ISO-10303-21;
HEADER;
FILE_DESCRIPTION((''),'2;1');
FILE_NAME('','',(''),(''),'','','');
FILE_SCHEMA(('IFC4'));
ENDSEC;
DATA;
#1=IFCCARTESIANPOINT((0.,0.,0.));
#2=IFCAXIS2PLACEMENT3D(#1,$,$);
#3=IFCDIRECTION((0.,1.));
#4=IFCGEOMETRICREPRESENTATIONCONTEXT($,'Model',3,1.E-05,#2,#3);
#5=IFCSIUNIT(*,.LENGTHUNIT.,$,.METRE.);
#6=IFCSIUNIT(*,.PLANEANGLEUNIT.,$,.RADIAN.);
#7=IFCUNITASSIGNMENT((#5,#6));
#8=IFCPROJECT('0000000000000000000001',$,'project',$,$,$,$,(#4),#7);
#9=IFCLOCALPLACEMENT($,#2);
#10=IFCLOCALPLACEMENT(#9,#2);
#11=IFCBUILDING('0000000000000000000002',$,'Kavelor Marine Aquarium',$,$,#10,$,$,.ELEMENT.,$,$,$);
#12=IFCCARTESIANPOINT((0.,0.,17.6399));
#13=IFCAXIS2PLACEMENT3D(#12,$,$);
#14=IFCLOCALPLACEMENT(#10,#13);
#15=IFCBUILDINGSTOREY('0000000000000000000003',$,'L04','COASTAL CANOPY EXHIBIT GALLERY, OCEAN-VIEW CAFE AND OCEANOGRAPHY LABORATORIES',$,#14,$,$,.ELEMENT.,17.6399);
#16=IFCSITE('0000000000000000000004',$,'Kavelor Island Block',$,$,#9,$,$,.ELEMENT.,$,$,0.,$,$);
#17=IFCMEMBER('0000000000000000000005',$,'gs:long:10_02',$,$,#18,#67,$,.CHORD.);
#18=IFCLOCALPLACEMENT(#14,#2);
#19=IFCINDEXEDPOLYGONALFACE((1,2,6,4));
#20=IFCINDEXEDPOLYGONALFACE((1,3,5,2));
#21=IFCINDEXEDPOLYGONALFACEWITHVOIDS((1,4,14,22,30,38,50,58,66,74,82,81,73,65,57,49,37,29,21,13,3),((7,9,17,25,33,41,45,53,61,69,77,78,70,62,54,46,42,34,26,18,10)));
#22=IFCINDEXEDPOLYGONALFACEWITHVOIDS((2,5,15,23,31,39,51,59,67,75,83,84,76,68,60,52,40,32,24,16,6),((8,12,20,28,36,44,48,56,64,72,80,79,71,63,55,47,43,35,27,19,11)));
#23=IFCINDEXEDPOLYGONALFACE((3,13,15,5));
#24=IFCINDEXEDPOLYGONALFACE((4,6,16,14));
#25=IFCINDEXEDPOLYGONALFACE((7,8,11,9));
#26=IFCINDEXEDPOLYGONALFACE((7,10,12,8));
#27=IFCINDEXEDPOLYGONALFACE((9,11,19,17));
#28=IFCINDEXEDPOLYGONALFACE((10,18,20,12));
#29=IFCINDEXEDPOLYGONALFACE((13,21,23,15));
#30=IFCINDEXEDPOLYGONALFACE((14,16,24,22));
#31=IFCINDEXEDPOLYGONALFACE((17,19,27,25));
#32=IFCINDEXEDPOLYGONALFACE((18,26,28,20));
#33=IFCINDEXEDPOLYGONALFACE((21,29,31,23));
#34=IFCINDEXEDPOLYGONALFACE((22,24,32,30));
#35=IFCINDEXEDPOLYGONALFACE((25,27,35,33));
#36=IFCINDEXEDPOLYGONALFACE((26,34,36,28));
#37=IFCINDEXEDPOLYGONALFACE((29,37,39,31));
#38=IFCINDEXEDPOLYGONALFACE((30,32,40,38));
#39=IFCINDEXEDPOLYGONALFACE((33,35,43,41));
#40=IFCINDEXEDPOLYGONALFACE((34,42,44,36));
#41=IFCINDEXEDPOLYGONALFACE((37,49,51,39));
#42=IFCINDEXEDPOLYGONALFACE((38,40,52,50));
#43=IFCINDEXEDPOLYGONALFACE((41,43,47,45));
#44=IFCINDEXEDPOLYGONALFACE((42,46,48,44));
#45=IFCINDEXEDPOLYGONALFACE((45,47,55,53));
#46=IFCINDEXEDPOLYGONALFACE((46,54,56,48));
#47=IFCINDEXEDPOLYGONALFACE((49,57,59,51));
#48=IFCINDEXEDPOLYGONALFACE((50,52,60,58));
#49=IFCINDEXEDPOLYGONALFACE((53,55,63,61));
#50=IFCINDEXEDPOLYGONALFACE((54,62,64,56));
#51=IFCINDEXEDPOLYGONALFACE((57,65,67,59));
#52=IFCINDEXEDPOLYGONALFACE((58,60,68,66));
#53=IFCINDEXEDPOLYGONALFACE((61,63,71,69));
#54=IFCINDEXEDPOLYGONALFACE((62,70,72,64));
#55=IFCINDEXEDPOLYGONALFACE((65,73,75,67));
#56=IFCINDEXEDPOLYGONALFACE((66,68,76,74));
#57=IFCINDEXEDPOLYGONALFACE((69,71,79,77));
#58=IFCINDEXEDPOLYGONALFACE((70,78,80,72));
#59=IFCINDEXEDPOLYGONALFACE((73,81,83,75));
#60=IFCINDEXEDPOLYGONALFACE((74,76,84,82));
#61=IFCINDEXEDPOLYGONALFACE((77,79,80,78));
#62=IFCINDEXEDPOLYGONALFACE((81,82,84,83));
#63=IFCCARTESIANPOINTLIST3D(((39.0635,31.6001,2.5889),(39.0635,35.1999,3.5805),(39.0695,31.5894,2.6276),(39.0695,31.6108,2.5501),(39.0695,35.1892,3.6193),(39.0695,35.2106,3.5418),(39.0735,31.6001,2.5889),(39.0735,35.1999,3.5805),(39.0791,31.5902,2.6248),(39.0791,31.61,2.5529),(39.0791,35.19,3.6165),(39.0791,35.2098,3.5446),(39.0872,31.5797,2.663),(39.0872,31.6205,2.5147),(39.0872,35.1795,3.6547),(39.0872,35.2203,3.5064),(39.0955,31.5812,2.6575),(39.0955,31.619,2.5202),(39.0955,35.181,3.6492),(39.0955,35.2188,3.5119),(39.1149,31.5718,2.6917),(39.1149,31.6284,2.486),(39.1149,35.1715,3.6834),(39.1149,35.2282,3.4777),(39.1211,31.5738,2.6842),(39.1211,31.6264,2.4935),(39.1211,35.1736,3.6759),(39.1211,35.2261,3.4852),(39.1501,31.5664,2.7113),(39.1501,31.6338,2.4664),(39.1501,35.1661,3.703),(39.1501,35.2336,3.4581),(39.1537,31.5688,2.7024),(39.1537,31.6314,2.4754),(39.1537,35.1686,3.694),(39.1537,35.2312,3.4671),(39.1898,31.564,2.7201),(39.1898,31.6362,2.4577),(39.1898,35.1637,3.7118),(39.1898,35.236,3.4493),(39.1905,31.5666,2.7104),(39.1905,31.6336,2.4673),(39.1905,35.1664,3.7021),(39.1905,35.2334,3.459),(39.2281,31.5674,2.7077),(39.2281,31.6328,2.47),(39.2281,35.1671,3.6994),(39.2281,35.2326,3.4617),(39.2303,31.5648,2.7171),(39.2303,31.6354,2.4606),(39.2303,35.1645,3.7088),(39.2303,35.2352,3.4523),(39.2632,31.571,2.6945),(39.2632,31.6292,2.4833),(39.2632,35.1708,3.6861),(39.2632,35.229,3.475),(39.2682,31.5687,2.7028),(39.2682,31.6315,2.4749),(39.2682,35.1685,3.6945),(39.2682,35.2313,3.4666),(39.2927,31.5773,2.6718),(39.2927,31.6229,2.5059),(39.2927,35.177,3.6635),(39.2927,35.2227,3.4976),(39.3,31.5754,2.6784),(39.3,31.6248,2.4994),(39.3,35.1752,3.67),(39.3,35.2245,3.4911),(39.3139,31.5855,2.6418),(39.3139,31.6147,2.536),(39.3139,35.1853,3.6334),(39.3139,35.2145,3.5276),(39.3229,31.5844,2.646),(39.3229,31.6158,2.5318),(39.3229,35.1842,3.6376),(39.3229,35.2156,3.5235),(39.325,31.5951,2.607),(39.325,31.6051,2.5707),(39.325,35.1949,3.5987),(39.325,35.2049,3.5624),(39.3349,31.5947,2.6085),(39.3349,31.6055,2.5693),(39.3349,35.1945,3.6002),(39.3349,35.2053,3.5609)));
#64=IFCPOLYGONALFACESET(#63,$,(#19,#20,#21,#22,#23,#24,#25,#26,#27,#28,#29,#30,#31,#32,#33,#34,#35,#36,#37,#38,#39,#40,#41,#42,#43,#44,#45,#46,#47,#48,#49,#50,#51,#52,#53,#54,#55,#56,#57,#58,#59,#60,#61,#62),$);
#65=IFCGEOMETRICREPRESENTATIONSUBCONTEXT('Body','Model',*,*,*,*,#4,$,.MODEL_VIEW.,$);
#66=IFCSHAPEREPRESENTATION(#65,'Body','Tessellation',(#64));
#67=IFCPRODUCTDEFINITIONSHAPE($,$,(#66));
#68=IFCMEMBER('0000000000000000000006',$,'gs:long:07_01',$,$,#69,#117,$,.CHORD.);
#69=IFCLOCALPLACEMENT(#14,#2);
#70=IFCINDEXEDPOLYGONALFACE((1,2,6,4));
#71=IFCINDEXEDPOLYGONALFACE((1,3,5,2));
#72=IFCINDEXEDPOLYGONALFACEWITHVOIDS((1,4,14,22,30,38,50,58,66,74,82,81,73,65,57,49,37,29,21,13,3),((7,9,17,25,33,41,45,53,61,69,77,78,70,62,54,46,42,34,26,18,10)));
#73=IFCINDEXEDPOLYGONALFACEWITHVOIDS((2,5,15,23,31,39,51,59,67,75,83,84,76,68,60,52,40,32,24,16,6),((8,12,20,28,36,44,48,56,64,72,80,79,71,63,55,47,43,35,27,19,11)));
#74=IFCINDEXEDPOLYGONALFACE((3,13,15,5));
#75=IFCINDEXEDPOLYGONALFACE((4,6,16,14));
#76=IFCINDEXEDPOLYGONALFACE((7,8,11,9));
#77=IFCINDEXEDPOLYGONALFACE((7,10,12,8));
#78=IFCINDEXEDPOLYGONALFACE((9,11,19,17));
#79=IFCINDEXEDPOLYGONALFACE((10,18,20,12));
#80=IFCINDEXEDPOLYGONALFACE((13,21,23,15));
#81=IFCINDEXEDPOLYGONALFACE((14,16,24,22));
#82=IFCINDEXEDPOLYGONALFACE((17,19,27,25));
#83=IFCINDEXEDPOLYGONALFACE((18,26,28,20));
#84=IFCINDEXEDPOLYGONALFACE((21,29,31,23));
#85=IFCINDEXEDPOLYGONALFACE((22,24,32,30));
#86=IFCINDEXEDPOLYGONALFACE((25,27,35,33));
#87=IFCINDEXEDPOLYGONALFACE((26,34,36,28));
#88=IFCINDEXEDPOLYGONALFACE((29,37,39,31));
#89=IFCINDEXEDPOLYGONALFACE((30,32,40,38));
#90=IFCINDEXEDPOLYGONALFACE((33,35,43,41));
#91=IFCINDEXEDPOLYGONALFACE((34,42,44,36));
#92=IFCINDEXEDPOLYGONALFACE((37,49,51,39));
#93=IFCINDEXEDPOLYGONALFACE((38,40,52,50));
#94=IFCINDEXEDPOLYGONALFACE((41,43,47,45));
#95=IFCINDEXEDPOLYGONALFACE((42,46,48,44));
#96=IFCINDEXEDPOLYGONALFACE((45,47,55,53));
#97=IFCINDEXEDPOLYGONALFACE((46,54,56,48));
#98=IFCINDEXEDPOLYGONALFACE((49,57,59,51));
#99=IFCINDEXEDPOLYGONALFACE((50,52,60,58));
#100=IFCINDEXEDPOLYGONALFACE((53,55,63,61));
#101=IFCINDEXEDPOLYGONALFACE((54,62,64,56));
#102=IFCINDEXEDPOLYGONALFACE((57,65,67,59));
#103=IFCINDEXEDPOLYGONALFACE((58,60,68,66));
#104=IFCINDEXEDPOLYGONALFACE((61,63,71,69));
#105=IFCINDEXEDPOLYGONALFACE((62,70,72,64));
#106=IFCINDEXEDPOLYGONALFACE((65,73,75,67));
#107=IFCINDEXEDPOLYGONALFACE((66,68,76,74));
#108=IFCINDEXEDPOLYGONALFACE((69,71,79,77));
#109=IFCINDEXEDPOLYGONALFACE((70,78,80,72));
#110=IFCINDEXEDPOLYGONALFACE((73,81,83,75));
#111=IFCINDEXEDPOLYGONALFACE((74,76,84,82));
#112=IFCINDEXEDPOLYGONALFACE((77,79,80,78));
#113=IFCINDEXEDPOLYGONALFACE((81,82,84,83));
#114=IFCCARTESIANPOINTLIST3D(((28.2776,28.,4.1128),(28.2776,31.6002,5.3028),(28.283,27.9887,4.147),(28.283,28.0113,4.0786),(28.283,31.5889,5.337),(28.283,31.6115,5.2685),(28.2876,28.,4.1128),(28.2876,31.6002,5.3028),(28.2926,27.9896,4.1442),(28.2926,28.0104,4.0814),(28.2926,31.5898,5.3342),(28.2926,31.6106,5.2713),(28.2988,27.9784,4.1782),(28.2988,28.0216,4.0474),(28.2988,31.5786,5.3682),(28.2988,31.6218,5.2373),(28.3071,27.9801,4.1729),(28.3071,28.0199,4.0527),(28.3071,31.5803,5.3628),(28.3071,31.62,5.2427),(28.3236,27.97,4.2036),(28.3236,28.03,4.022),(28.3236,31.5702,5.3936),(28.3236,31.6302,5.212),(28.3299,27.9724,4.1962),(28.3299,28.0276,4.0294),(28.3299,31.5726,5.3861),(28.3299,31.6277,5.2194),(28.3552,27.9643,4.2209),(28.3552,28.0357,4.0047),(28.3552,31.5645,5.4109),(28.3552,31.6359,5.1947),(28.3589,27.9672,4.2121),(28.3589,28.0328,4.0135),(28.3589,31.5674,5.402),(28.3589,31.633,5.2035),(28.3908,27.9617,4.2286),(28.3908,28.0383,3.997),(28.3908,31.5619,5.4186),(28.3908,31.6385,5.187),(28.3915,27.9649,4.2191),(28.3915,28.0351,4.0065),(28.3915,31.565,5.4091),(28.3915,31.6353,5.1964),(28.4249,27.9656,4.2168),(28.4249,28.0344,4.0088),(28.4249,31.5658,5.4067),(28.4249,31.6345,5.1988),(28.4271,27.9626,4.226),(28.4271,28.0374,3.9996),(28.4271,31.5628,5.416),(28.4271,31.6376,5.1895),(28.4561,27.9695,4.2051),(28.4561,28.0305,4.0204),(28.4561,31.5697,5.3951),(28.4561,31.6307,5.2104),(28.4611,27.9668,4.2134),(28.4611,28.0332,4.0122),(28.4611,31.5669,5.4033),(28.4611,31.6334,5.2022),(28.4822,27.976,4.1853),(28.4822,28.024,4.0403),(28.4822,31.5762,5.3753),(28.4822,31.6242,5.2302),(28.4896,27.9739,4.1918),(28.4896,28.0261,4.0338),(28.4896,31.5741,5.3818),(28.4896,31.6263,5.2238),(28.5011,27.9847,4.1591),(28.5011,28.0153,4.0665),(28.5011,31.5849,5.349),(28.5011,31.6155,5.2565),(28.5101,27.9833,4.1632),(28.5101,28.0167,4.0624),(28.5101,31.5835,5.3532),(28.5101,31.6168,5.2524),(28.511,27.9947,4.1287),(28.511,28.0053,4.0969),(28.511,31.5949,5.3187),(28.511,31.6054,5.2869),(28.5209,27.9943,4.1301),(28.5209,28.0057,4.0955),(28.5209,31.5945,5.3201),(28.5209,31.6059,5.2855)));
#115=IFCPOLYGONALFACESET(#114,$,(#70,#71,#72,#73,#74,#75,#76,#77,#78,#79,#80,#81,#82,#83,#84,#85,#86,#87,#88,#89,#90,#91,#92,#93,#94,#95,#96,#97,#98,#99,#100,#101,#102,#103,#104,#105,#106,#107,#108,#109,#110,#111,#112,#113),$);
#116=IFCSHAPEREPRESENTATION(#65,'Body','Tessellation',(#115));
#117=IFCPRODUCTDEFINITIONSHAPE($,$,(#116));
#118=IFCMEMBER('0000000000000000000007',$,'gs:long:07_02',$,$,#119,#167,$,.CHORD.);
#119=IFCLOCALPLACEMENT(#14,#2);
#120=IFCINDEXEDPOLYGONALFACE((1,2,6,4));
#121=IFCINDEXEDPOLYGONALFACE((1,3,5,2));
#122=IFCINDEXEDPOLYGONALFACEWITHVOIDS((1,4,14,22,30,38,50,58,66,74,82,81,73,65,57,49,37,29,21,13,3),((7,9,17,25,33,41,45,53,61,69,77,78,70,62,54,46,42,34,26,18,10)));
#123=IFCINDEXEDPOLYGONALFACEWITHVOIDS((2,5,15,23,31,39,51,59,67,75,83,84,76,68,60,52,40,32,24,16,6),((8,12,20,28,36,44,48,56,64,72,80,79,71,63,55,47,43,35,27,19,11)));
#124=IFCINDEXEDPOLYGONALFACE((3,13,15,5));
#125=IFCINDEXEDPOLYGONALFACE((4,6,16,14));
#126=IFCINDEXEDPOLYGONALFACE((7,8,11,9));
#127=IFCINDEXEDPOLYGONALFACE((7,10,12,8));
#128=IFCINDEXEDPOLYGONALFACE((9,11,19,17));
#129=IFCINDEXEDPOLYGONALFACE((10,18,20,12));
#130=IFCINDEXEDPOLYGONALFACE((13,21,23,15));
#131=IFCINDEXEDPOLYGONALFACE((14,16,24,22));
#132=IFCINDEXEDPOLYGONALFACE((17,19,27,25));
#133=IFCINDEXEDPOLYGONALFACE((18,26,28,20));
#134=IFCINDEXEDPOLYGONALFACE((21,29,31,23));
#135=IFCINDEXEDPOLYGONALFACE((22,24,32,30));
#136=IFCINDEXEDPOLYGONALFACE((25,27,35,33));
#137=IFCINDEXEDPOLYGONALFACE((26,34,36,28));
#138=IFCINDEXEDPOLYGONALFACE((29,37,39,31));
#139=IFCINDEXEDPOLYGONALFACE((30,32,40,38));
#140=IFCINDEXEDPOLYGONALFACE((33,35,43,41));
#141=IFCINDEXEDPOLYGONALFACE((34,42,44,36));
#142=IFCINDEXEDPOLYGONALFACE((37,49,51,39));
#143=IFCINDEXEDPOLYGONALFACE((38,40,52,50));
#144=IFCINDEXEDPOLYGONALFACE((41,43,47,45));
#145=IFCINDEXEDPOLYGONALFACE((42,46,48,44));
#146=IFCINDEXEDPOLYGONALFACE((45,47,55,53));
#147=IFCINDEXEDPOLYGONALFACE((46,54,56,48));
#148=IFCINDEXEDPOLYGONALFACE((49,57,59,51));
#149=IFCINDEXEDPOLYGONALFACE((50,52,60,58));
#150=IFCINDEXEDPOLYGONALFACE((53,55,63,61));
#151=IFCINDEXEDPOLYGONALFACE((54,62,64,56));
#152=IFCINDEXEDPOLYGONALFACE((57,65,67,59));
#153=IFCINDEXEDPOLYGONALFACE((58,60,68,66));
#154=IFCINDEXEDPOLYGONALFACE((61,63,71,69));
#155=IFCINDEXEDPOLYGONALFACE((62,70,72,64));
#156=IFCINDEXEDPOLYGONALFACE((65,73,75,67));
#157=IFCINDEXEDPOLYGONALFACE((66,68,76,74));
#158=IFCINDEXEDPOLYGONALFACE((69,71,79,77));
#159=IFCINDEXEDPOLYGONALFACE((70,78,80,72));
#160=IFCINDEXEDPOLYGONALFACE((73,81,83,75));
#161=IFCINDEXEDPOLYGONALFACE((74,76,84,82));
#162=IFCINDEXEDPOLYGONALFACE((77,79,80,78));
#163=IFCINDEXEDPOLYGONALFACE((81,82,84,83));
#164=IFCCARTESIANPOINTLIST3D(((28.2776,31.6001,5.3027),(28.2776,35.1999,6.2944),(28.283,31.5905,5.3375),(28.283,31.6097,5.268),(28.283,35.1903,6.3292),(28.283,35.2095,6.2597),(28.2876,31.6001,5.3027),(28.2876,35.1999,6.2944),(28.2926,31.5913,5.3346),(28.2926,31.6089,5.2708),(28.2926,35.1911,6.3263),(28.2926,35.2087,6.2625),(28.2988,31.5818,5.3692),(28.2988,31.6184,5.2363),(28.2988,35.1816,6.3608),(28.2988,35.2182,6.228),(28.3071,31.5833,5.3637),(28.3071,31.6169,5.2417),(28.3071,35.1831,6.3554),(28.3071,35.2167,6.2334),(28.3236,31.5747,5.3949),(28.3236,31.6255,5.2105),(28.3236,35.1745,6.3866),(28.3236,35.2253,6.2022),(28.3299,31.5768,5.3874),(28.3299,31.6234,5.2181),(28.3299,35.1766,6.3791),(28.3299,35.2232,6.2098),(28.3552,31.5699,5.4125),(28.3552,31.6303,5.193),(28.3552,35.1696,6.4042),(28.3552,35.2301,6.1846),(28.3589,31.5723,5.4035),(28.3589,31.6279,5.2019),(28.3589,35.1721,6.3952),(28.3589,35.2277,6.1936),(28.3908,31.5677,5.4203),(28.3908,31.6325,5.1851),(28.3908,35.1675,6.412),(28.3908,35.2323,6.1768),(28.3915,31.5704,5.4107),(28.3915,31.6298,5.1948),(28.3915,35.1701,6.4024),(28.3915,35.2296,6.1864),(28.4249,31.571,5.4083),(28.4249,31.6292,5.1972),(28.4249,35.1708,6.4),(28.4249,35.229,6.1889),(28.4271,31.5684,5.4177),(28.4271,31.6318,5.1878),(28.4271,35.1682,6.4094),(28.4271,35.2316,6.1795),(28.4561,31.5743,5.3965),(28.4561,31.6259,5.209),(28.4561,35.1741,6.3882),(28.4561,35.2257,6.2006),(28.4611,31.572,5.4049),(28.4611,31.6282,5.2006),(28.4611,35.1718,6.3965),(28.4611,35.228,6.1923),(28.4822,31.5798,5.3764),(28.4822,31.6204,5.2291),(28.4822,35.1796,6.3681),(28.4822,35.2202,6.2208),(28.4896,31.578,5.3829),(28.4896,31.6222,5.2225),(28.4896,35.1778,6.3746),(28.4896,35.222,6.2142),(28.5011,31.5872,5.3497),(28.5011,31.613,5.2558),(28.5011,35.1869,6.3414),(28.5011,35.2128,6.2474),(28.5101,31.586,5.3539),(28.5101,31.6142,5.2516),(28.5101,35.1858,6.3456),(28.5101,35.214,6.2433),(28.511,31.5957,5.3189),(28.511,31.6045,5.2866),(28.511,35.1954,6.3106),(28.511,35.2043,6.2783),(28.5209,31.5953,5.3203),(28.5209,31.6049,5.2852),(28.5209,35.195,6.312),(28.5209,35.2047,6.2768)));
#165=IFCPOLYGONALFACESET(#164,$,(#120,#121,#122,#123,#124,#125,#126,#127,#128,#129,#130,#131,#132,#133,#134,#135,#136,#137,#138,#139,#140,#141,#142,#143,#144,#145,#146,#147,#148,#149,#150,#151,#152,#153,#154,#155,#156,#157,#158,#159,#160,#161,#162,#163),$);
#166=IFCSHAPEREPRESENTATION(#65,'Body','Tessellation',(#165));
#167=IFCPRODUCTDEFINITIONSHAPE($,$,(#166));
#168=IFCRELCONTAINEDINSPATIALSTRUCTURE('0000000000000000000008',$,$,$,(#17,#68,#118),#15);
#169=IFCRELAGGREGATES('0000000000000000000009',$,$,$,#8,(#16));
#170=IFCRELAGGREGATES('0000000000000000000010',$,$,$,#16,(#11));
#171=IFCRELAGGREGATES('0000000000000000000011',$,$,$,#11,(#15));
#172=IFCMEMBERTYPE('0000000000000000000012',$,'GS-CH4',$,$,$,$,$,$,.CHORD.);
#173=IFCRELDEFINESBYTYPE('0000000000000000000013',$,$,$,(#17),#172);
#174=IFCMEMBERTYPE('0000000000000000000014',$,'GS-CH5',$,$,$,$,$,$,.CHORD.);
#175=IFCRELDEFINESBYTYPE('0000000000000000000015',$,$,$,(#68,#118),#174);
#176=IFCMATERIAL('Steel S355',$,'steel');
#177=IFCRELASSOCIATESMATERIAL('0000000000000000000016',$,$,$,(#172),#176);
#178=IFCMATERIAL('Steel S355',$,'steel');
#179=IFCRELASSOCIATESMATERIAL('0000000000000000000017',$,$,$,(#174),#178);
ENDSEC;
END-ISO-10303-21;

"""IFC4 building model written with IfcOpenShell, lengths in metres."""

from ifc_helpers import new_model, si_unit, direction, frame, origin, origin_2d, place, context, subcontext, project, spatial, hollow_circle, extrude, material, material_profile, profile_set, type_object, element, save


model = new_model("IFC4")

# Units and contexts
model_context = context("Model", 3, precision=1e-05, world=origin(), true_north=direction((0.0, 1.0)))
body_context = subcontext(model_context, "Body", "Model", "MODEL_VIEW")
ifc_project = project(units=[si_unit("LENGTHUNIT", "METRE"), si_unit("PLANEANGLEUNIT", "RADIAN")], contexts=[model_context])

# Site, building, storey
site_placement = place(None, origin())
site = spatial("IfcSite", under=ifc_project, at=site_placement, Name="Kavelor Island Block", CompositionType="ELEMENT", RefElevation=0.0)
building_placement = place(site_placement, origin())
building = spatial("IfcBuilding", under=site, at=building_placement, Name="Kavelor Marine Aquarium", CompositionType="ELEMENT")
storey_placement = place(building_placement, frame((0.0, 0.0, 17.6399)))
storey = spatial("IfcBuildingStorey", under=building, at=storey_placement, Name="L04", Description="COASTAL CANOPY EXHIBIT GALLERY, OCEAN-VIEW CAFE AND OCEANOGRAPHY LABORATORIES", CompositionType="ELEMENT", Elevation=17.6399)

# Members
ifc_material_1 = material(Name="Steel S355", Category="steel")
ifc_material_profile_1 = material_profile(ifc_material_1, hollow_circle(Radius=0.1365, WallThickness=0.01, at=origin_2d()), Name="CHS 273.0x10.0")
ifc_profile_set_1 = profile_set([ifc_material_profile_1], Name="Steel S355")
member_type_1 = type_object("IfcMemberType", Name="GS-CH4", PredefinedType="CHORD", material=ifc_profile_set_1)
member_1_placement = place(storey_placement, frame((39.2, 31.6001, 2.5889), z_axis=(0.0, 0.964086, 0.26559), x_axis=(-1.0, 0.0, 0.0)))
element("IfcMember", 1, at=member_1_placement, inside=storey, type_object=member_type_1, Name="gs:long:10_02", PredefinedType="CHORD", context=body_context, shape_type="SweptSolid", body=[
    extrude(hollow_circle(Radius=0.1365, WallThickness=0.01, at=origin_2d()), origin(), (0.0, 0.0, 1.0), 3.7339),
])
ifc_material_2 = material(Name="Steel S355", Category="steel")
ifc_material_profile_2 = material_profile(ifc_material_2, hollow_circle(Radius=0.1223, WallThickness=0.01, at=origin_2d()), Name="CHS 244.5x10.0")
ifc_profile_set_2 = profile_set([ifc_material_profile_2], Name="Steel S355")
member_type_2 = type_object("IfcMemberType", Name="GS-CH5", PredefinedType="CHORD", material=ifc_profile_set_2)
member_2_placement = place(storey_placement, frame((28.3999, 28.0, 4.1128), z_axis=(0.0, 0.949479, 0.313831), x_axis=(-1.0, 0.0, 0.0)))
element("IfcMember", 2, at=member_2_placement, inside=storey, type_object=member_type_2, Name="gs:long:07_01", PredefinedType="CHORD", context=body_context, shape_type="SweptSolid", body=[
    extrude(hollow_circle(Radius=0.1223, WallThickness=0.01, at=origin_2d()), origin(), (0.0, 0.0, 1.0), 3.7917),
])
member_3_placement = place(storey_placement, frame((28.3999, 31.6001, 5.3027), z_axis=(0.0, 0.964086, 0.26559), x_axis=(-1.0, 0.0, 0.0)))
element("IfcMember", 3, at=member_3_placement, inside=storey, type_object=member_type_2, Name="gs:long:07_02", PredefinedType="CHORD", context=body_context, shape_type="SweptSolid", body=[
    extrude(hollow_circle(Radius=0.1223, WallThickness=0.01, at=origin_2d()), origin(), (0.0, 0.0, 1.0), 3.7339),
])

save(model, "model.ifc")
